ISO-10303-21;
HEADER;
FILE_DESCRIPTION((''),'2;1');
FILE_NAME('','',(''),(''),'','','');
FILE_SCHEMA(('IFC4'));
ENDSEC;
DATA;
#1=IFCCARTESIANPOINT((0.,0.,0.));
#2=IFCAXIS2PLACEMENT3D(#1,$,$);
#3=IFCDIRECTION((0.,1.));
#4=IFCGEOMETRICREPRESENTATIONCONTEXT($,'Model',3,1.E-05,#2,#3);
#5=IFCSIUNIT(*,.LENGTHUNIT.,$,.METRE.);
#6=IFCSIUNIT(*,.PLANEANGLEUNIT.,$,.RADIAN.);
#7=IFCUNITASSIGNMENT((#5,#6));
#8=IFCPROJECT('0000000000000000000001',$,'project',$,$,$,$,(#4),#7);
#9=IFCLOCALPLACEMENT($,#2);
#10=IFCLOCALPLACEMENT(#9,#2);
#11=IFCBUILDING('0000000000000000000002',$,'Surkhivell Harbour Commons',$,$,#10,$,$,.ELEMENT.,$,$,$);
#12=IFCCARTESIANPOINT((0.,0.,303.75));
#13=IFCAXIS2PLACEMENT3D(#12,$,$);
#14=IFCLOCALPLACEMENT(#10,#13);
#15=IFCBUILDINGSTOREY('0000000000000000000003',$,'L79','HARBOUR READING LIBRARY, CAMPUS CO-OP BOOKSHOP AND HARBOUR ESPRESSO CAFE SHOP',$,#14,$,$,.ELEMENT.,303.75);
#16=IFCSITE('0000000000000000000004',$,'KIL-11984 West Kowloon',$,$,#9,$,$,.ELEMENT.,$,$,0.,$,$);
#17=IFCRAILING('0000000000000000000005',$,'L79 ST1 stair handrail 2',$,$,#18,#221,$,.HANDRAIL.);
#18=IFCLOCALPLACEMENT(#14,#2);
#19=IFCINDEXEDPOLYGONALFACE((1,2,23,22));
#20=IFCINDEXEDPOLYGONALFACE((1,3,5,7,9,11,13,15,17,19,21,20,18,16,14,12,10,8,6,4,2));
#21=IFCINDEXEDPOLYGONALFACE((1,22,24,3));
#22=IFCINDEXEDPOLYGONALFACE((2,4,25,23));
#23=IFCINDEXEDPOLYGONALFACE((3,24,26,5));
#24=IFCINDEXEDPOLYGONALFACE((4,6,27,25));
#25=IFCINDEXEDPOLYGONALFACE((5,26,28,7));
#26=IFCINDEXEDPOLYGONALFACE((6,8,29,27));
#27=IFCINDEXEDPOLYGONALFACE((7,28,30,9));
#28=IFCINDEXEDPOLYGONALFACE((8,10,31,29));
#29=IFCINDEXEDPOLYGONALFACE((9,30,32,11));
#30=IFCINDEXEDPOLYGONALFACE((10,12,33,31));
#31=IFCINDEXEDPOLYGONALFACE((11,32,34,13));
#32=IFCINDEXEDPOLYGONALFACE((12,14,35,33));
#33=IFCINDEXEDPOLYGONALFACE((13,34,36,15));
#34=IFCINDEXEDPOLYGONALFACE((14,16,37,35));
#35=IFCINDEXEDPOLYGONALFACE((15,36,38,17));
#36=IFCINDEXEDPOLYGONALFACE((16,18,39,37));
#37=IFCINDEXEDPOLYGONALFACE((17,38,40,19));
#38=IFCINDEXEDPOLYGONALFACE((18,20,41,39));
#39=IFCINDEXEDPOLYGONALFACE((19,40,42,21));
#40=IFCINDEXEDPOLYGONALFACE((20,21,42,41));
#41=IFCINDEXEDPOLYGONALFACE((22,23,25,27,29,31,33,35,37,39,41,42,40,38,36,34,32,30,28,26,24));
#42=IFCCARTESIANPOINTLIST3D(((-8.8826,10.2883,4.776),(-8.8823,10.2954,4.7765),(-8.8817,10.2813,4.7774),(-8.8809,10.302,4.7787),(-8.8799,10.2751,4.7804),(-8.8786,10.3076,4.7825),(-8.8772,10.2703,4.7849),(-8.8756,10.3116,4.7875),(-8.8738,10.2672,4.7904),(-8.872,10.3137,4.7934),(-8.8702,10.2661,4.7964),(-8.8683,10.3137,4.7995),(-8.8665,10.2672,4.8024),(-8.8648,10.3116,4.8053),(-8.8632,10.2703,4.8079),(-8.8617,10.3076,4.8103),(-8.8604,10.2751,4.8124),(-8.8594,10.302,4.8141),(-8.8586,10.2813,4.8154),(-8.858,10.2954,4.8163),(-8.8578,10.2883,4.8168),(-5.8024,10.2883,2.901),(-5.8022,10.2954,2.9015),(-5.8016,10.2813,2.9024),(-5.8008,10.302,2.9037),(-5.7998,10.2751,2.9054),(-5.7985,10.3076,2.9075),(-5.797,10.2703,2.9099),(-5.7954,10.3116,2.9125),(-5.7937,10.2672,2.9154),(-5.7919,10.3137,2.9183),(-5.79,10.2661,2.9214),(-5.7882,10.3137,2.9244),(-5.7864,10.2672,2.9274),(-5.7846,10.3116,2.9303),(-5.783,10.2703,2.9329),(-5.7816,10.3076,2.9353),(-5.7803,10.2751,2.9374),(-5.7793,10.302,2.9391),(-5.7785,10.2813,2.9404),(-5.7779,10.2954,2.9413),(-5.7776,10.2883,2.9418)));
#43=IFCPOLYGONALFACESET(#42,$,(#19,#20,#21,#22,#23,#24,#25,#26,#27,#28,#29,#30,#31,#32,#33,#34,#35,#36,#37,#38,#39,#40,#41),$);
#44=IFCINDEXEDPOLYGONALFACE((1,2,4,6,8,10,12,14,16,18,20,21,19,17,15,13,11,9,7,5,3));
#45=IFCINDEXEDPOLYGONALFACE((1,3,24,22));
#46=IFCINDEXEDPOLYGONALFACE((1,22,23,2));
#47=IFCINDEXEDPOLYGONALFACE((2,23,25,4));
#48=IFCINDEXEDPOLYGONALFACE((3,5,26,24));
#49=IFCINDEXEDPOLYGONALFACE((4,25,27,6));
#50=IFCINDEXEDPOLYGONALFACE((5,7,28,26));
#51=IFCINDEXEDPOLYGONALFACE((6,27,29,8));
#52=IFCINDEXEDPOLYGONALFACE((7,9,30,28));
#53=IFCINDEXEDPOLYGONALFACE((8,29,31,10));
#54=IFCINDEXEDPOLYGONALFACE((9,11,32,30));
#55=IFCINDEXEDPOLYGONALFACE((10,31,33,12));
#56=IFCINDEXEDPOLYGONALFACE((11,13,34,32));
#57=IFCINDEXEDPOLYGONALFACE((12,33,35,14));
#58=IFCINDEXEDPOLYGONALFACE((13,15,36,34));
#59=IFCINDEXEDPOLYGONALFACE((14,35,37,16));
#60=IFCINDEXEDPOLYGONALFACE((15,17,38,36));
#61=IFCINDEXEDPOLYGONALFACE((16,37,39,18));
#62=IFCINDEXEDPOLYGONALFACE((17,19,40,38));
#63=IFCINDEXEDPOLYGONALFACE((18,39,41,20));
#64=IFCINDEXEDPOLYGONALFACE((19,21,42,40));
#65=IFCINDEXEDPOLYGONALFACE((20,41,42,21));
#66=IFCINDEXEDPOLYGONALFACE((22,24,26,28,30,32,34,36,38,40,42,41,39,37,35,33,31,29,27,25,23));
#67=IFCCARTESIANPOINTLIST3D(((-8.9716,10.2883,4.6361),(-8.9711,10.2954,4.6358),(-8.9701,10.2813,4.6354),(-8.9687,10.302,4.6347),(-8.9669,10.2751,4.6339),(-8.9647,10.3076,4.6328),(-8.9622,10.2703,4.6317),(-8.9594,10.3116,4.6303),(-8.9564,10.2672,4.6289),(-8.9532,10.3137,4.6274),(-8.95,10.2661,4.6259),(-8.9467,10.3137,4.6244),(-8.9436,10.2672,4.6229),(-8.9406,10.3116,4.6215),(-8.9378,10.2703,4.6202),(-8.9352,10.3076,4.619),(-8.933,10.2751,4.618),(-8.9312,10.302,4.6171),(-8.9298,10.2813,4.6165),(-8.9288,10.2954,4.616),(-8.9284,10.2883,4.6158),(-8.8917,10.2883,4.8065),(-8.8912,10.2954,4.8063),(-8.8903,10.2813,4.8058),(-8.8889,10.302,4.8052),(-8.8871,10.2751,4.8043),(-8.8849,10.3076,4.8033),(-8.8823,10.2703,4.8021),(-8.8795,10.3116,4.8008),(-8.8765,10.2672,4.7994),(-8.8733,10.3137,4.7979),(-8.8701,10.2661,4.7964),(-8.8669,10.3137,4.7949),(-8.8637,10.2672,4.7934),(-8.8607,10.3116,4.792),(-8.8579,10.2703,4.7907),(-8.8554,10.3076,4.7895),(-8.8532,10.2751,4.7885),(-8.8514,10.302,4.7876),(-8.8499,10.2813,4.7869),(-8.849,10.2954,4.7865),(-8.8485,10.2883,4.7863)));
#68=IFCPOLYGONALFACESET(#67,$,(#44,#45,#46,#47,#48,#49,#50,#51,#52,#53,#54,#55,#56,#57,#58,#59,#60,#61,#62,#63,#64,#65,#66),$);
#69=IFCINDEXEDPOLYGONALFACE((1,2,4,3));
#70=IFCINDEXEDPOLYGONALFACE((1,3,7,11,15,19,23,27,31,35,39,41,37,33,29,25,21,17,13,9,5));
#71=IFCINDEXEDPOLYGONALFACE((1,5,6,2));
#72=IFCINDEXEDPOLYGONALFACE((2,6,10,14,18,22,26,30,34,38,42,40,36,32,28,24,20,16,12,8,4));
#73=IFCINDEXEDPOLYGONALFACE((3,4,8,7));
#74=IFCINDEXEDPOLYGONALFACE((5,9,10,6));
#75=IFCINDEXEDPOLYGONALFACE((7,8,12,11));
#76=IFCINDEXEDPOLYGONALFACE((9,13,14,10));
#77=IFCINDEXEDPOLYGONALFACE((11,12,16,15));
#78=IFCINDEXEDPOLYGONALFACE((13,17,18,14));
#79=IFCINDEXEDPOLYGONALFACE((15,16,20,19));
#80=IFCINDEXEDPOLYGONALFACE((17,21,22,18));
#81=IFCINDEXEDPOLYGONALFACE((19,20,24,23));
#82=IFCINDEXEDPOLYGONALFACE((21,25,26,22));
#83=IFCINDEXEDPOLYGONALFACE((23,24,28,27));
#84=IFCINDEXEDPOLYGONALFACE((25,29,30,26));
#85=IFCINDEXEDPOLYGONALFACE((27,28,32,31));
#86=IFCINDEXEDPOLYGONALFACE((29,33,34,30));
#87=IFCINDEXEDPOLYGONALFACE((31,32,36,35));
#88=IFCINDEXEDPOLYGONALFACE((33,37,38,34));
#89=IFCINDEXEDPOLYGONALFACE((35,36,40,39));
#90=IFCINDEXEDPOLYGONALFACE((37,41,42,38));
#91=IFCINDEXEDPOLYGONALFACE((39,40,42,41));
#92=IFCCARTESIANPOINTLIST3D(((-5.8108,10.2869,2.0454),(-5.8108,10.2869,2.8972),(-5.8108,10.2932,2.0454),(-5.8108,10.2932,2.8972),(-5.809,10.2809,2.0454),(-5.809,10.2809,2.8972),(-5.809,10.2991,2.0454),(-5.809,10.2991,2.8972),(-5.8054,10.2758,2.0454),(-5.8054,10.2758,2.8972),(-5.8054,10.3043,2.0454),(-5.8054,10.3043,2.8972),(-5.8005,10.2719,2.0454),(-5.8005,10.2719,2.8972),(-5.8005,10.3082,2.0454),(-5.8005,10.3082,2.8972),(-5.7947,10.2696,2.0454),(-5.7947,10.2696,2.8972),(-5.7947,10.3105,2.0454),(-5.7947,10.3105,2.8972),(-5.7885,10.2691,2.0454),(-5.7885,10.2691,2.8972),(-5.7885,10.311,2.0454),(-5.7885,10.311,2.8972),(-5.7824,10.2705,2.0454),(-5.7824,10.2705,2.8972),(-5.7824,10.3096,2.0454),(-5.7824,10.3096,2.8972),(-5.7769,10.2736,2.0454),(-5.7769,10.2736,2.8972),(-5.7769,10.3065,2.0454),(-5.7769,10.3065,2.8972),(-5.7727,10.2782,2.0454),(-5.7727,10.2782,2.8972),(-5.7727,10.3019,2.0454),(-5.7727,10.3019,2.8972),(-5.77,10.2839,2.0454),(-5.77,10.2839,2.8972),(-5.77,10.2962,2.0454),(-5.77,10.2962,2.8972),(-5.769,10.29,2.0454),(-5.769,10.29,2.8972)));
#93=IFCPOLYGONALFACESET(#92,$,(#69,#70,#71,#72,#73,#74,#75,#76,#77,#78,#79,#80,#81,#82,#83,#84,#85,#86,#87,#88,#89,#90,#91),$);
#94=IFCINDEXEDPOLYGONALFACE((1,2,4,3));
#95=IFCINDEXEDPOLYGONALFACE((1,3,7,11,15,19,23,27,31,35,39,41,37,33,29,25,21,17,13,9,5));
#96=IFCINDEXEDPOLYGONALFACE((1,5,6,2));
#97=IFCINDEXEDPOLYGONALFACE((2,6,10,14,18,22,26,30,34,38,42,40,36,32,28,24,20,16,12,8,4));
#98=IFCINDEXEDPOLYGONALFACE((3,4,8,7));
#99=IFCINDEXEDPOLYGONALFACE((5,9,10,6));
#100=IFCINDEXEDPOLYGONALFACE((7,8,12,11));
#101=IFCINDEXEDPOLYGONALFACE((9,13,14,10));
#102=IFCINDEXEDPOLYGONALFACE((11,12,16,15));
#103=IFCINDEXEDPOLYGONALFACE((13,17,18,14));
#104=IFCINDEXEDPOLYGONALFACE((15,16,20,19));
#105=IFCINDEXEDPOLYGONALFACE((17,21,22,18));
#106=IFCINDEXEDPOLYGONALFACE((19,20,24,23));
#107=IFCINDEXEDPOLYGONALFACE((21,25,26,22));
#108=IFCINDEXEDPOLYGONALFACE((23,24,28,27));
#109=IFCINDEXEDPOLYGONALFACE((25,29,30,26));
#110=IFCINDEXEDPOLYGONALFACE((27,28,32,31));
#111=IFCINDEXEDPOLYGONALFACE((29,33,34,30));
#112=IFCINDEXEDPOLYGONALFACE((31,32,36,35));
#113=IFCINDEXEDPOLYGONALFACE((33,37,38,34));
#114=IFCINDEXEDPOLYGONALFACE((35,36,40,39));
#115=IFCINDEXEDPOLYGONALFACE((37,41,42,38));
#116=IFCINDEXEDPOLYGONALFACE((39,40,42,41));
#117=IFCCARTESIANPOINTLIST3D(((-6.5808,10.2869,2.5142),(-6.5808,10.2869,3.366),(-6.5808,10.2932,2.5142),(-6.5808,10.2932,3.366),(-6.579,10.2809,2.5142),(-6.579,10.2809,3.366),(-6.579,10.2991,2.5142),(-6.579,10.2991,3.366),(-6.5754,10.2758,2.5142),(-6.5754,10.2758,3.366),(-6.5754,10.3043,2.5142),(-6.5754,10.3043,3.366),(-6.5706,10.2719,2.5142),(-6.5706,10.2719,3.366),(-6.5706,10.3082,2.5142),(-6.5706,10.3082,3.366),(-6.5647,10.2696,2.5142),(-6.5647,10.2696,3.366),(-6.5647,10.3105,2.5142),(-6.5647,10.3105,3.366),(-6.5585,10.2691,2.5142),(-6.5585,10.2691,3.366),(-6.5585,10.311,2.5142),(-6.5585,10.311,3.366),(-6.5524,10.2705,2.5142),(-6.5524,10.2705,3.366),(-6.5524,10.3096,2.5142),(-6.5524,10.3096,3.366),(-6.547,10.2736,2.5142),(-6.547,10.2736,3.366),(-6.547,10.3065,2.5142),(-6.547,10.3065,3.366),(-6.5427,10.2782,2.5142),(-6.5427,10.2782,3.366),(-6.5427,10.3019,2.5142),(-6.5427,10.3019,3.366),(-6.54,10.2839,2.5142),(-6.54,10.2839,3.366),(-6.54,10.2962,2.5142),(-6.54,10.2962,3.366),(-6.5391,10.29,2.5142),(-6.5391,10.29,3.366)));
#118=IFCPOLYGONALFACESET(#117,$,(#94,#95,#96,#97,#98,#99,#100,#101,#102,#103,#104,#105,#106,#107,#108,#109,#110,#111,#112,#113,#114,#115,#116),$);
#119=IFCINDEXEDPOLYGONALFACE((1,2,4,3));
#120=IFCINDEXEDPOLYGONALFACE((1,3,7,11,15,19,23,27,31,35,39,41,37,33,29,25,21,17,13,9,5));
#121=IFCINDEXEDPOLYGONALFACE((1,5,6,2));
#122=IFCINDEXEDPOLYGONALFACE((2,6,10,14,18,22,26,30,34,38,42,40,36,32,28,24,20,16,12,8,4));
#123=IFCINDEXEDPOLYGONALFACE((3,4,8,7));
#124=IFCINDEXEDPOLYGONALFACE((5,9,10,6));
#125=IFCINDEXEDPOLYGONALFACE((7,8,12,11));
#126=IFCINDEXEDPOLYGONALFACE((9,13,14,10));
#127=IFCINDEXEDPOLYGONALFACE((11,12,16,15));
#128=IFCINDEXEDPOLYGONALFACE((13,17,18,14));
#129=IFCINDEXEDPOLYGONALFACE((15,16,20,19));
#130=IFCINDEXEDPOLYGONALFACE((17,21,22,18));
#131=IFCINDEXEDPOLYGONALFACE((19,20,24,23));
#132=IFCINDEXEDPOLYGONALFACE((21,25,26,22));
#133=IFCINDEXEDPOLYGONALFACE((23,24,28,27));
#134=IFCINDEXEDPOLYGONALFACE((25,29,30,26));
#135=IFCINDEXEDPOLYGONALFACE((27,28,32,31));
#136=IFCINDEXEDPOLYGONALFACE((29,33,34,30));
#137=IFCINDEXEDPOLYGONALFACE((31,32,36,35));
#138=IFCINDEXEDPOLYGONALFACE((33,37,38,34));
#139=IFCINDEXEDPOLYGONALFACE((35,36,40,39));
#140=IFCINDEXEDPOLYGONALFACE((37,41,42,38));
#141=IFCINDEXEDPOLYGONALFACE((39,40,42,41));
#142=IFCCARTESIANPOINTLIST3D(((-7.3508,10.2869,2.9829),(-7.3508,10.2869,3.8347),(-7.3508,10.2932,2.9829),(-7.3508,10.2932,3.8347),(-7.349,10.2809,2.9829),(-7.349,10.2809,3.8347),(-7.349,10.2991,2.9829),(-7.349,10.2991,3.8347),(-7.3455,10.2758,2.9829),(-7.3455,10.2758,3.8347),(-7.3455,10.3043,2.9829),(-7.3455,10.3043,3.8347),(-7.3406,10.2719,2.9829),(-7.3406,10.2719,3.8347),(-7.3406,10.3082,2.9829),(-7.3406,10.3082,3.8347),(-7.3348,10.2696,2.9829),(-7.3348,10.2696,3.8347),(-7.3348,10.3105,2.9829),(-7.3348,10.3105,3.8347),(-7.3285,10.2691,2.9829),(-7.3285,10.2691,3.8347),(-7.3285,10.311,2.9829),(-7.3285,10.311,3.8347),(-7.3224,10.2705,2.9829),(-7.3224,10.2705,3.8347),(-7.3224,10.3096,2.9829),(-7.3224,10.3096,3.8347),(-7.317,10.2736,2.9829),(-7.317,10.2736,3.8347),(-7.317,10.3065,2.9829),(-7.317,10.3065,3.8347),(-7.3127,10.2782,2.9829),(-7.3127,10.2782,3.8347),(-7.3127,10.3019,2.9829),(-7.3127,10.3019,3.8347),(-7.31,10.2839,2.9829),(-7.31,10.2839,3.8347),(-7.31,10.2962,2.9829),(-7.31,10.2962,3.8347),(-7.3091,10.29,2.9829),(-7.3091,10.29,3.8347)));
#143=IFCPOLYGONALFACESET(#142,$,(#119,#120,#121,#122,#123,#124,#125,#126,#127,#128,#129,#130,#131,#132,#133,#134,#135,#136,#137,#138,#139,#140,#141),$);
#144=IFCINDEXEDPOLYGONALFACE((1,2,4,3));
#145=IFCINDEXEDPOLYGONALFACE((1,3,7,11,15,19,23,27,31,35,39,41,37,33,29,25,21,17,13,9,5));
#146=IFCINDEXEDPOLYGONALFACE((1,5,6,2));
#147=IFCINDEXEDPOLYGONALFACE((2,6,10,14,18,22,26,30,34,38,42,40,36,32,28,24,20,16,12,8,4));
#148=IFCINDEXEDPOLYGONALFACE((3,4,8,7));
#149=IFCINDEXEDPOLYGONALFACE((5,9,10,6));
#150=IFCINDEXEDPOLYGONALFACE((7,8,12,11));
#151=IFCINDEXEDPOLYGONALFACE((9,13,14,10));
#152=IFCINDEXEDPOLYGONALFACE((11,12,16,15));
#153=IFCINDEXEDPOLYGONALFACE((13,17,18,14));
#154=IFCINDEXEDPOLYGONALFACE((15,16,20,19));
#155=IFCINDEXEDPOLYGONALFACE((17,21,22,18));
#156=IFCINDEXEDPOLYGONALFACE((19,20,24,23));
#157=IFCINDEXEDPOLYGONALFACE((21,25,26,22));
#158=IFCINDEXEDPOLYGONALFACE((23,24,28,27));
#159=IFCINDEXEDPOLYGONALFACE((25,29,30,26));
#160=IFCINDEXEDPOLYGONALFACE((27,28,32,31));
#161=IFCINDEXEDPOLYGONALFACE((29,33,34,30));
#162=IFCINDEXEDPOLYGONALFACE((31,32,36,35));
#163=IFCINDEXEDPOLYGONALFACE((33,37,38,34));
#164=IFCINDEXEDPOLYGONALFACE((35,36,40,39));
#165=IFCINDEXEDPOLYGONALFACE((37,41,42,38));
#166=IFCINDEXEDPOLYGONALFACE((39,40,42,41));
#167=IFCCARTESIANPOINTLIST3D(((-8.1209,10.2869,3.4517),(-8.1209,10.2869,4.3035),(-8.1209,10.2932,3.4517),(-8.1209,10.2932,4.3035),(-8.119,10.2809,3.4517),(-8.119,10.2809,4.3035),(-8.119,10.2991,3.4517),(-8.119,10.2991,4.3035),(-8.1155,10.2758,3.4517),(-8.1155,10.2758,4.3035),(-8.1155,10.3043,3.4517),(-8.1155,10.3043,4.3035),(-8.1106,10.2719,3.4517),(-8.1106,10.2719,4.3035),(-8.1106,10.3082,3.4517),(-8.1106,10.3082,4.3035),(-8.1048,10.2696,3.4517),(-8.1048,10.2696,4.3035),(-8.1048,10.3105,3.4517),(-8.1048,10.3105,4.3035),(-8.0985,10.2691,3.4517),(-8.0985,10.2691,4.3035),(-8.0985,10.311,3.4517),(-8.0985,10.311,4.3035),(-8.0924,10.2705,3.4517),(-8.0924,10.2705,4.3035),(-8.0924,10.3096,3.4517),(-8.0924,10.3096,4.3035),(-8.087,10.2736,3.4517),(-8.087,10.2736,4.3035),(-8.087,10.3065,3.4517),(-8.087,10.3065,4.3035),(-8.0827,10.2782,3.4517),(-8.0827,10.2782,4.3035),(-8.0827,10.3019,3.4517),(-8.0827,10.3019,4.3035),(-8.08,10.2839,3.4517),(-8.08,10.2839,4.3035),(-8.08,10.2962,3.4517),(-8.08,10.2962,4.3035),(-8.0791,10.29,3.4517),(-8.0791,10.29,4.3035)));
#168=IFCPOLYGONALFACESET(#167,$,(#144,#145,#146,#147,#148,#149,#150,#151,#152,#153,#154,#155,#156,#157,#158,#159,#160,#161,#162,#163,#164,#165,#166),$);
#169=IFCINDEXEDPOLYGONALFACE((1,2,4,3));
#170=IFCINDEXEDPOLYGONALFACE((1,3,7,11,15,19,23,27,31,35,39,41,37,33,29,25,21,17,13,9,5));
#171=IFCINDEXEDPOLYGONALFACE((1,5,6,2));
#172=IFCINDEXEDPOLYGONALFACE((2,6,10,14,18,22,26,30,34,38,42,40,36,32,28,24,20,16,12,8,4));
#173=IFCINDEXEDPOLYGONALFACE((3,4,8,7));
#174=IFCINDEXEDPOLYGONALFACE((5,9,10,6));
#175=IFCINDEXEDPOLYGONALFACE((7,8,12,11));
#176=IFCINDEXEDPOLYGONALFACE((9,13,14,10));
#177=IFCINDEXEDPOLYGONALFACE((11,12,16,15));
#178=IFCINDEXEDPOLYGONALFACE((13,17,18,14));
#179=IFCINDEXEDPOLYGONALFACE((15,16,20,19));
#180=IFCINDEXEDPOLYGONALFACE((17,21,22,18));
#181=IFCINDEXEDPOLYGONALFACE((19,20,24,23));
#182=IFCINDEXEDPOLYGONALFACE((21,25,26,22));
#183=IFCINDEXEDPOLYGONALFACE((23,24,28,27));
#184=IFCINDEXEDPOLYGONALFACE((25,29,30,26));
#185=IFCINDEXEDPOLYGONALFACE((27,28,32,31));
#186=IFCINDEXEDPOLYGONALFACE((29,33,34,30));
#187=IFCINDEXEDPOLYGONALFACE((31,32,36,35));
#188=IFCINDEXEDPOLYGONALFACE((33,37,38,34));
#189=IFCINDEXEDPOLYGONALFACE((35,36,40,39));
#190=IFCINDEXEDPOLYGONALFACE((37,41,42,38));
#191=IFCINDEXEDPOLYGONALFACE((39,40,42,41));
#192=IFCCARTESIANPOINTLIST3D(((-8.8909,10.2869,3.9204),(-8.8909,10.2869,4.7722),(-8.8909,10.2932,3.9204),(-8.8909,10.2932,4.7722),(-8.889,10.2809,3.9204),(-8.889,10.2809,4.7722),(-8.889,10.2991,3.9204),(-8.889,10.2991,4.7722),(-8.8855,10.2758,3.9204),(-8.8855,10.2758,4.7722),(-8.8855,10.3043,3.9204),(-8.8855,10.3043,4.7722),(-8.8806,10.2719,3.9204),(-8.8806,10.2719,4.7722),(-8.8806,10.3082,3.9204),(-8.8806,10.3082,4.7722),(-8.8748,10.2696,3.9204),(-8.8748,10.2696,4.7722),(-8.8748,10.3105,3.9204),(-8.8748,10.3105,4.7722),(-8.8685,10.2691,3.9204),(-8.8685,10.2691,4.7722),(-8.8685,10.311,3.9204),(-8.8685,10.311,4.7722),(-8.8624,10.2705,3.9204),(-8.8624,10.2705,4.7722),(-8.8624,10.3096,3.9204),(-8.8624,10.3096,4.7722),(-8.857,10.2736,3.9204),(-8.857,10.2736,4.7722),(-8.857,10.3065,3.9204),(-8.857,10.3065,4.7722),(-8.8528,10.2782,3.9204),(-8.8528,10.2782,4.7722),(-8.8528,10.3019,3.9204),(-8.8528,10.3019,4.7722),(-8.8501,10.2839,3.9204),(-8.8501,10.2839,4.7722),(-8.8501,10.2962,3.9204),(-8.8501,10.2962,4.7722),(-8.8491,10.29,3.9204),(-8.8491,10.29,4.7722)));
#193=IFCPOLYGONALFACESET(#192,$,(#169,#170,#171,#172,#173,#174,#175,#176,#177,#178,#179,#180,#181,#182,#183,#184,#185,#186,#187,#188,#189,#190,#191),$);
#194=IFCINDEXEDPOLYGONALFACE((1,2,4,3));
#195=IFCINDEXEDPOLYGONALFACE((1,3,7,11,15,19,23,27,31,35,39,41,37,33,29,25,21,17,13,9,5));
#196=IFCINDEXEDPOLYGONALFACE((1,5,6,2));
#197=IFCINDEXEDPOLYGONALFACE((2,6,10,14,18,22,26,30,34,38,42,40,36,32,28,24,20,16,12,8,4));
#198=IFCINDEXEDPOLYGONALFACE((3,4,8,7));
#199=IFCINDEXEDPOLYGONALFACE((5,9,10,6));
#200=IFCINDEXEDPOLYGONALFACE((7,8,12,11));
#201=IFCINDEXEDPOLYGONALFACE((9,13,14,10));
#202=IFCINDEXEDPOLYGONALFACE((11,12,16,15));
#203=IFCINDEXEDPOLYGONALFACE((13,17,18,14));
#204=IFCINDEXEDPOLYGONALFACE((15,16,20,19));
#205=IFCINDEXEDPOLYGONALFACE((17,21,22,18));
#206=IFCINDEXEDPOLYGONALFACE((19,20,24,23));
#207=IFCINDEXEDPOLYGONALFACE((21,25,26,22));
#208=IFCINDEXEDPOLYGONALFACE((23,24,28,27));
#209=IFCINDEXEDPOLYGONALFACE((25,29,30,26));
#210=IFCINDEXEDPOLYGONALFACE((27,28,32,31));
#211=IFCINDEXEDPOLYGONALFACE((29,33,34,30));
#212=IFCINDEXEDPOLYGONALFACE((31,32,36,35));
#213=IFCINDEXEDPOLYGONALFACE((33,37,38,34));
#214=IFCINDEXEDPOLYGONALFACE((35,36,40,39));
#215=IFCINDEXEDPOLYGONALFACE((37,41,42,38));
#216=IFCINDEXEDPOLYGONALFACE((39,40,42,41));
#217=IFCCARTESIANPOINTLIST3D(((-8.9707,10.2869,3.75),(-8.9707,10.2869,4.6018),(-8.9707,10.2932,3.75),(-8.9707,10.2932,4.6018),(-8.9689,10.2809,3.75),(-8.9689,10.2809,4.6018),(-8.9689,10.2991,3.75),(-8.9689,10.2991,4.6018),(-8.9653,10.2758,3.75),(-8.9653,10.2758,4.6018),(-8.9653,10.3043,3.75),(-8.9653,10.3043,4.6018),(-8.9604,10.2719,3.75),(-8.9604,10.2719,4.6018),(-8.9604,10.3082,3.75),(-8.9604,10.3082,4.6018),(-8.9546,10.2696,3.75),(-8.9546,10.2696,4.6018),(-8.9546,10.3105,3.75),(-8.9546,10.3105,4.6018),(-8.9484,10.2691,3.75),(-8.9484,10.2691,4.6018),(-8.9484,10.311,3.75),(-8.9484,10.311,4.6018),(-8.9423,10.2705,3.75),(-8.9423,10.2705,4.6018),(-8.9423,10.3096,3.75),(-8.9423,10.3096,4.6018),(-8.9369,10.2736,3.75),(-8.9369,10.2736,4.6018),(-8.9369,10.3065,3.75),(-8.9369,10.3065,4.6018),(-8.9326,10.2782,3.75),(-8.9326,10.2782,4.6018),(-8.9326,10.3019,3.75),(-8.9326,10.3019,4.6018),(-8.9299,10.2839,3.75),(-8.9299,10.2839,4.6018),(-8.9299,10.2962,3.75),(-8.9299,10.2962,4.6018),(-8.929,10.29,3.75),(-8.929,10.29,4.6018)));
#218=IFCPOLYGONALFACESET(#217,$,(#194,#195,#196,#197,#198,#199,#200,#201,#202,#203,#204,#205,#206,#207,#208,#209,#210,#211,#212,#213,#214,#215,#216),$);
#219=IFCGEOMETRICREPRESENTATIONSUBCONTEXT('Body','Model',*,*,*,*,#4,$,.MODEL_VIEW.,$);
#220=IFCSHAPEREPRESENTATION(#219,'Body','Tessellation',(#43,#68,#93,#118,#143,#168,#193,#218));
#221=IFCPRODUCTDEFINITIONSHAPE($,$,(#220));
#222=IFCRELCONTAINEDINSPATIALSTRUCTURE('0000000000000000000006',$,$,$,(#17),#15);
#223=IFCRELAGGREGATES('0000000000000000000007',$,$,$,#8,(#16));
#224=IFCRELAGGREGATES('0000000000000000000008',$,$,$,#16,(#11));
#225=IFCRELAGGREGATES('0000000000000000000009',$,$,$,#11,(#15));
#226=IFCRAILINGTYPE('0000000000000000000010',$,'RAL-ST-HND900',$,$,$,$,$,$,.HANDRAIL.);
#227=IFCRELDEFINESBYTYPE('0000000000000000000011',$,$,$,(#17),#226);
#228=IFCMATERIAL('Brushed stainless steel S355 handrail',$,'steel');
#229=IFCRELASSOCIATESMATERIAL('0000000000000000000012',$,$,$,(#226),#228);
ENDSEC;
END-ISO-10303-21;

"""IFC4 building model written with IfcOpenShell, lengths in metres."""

from ifc_helpers import new_model, si_unit, direction, frame, origin, origin_2d, place, context, subcontext, project, spatial, circle, extrude, material, type_object, element, save


model = new_model("IFC4")

# Units and contexts
model_context = context("Model", 3, precision=1e-05, world=origin(), true_north=direction((0.0, 1.0)))
body_context = subcontext(model_context, "Body", "Model", "MODEL_VIEW")
ifc_project = project(units=[si_unit("LENGTHUNIT", "METRE"), si_unit("PLANEANGLEUNIT", "RADIAN")], contexts=[model_context])

# Site, building, storey
site_placement = place(None, origin())
site = spatial("IfcSite", under=ifc_project, at=site_placement, Name="KIL-11984 West Kowloon", CompositionType="ELEMENT", RefElevation=0.0)
building_placement = place(site_placement, origin())
building = spatial("IfcBuilding", under=site, at=building_placement, Name="Surkhivell Harbour Commons", CompositionType="ELEMENT")
storey_placement = place(building_placement, frame((0.0, 0.0, 303.75)))
storey = spatial("IfcBuildingStorey", under=building, at=storey_placement, Name="L79", Description="HARBOUR READING LIBRARY, CAMPUS CO-OP BOOKSHOP AND HARBOUR ESPRESSO CAFE SHOP", CompositionType="ELEMENT", Elevation=303.75)

# Railing
ifc_material_1 = material(Name="Brushed stainless steel S355 handrail", Category="steel")
railing_type_1 = type_object("IfcRailingType", Name="RAL-ST-HND900", PredefinedType="HANDRAIL", material=ifc_material_1)
railing_1_placement = place(storey_placement, frame((-5.79, 10.29, 2.0454)))
element("IfcRailing", 1, at=railing_1_placement, inside=storey, type_object=railing_type_1, Name="L79 ST1 stair handrail 2", PredefinedType="HANDRAIL", context=body_context, shape_type="SweptSolid", body=[
    extrude(circle(Radius=0.0239, at=origin_2d()), frame((0.0, 0.0, 0.876), z_axis=(-0.854178, 0.0, 0.519981), x_axis=(0.0, -1.0, 0.0)), (0.0, 0.0, 1.0), 3.606),
    extrude(circle(Radius=0.0239, at=origin_2d()), frame((-3.0801, 0.0, 2.751), z_axis=(-0.424234, 0.0, -0.905552), x_axis=(0.0, -1.0, 0.0)), (0.0, 0.0, 1.0), 0.1882),
    extrude(circle(Radius=0.021, at=origin_2d()), origin(), (0.0, 0.0, 1.0), 0.8518),
    extrude(circle(Radius=0.021, at=origin_2d()), frame((-0.77, 0.0, 0.4688)), (0.0, 0.0, 1.0), 0.8518),
    extrude(circle(Radius=0.021, at=origin_2d()), frame((-1.54, 0.0, 0.9375)), (0.0, 0.0, 1.0), 0.8518),
    extrude(circle(Radius=0.021, at=origin_2d()), frame((-2.3101, 0.0, 1.4062)), (0.0, 0.0, 1.0), 0.8518),
    extrude(circle(Radius=0.021, at=origin_2d()), frame((-3.0801, 0.0, 1.875)), (0.0, 0.0, 1.0), 0.8518),
    extrude(circle(Radius=0.021, at=origin_2d()), frame((-3.1599, 0.0, 1.7046)), (0.0, 0.0, 1.0), 0.8518),
])

save(model, "model.ifc")
